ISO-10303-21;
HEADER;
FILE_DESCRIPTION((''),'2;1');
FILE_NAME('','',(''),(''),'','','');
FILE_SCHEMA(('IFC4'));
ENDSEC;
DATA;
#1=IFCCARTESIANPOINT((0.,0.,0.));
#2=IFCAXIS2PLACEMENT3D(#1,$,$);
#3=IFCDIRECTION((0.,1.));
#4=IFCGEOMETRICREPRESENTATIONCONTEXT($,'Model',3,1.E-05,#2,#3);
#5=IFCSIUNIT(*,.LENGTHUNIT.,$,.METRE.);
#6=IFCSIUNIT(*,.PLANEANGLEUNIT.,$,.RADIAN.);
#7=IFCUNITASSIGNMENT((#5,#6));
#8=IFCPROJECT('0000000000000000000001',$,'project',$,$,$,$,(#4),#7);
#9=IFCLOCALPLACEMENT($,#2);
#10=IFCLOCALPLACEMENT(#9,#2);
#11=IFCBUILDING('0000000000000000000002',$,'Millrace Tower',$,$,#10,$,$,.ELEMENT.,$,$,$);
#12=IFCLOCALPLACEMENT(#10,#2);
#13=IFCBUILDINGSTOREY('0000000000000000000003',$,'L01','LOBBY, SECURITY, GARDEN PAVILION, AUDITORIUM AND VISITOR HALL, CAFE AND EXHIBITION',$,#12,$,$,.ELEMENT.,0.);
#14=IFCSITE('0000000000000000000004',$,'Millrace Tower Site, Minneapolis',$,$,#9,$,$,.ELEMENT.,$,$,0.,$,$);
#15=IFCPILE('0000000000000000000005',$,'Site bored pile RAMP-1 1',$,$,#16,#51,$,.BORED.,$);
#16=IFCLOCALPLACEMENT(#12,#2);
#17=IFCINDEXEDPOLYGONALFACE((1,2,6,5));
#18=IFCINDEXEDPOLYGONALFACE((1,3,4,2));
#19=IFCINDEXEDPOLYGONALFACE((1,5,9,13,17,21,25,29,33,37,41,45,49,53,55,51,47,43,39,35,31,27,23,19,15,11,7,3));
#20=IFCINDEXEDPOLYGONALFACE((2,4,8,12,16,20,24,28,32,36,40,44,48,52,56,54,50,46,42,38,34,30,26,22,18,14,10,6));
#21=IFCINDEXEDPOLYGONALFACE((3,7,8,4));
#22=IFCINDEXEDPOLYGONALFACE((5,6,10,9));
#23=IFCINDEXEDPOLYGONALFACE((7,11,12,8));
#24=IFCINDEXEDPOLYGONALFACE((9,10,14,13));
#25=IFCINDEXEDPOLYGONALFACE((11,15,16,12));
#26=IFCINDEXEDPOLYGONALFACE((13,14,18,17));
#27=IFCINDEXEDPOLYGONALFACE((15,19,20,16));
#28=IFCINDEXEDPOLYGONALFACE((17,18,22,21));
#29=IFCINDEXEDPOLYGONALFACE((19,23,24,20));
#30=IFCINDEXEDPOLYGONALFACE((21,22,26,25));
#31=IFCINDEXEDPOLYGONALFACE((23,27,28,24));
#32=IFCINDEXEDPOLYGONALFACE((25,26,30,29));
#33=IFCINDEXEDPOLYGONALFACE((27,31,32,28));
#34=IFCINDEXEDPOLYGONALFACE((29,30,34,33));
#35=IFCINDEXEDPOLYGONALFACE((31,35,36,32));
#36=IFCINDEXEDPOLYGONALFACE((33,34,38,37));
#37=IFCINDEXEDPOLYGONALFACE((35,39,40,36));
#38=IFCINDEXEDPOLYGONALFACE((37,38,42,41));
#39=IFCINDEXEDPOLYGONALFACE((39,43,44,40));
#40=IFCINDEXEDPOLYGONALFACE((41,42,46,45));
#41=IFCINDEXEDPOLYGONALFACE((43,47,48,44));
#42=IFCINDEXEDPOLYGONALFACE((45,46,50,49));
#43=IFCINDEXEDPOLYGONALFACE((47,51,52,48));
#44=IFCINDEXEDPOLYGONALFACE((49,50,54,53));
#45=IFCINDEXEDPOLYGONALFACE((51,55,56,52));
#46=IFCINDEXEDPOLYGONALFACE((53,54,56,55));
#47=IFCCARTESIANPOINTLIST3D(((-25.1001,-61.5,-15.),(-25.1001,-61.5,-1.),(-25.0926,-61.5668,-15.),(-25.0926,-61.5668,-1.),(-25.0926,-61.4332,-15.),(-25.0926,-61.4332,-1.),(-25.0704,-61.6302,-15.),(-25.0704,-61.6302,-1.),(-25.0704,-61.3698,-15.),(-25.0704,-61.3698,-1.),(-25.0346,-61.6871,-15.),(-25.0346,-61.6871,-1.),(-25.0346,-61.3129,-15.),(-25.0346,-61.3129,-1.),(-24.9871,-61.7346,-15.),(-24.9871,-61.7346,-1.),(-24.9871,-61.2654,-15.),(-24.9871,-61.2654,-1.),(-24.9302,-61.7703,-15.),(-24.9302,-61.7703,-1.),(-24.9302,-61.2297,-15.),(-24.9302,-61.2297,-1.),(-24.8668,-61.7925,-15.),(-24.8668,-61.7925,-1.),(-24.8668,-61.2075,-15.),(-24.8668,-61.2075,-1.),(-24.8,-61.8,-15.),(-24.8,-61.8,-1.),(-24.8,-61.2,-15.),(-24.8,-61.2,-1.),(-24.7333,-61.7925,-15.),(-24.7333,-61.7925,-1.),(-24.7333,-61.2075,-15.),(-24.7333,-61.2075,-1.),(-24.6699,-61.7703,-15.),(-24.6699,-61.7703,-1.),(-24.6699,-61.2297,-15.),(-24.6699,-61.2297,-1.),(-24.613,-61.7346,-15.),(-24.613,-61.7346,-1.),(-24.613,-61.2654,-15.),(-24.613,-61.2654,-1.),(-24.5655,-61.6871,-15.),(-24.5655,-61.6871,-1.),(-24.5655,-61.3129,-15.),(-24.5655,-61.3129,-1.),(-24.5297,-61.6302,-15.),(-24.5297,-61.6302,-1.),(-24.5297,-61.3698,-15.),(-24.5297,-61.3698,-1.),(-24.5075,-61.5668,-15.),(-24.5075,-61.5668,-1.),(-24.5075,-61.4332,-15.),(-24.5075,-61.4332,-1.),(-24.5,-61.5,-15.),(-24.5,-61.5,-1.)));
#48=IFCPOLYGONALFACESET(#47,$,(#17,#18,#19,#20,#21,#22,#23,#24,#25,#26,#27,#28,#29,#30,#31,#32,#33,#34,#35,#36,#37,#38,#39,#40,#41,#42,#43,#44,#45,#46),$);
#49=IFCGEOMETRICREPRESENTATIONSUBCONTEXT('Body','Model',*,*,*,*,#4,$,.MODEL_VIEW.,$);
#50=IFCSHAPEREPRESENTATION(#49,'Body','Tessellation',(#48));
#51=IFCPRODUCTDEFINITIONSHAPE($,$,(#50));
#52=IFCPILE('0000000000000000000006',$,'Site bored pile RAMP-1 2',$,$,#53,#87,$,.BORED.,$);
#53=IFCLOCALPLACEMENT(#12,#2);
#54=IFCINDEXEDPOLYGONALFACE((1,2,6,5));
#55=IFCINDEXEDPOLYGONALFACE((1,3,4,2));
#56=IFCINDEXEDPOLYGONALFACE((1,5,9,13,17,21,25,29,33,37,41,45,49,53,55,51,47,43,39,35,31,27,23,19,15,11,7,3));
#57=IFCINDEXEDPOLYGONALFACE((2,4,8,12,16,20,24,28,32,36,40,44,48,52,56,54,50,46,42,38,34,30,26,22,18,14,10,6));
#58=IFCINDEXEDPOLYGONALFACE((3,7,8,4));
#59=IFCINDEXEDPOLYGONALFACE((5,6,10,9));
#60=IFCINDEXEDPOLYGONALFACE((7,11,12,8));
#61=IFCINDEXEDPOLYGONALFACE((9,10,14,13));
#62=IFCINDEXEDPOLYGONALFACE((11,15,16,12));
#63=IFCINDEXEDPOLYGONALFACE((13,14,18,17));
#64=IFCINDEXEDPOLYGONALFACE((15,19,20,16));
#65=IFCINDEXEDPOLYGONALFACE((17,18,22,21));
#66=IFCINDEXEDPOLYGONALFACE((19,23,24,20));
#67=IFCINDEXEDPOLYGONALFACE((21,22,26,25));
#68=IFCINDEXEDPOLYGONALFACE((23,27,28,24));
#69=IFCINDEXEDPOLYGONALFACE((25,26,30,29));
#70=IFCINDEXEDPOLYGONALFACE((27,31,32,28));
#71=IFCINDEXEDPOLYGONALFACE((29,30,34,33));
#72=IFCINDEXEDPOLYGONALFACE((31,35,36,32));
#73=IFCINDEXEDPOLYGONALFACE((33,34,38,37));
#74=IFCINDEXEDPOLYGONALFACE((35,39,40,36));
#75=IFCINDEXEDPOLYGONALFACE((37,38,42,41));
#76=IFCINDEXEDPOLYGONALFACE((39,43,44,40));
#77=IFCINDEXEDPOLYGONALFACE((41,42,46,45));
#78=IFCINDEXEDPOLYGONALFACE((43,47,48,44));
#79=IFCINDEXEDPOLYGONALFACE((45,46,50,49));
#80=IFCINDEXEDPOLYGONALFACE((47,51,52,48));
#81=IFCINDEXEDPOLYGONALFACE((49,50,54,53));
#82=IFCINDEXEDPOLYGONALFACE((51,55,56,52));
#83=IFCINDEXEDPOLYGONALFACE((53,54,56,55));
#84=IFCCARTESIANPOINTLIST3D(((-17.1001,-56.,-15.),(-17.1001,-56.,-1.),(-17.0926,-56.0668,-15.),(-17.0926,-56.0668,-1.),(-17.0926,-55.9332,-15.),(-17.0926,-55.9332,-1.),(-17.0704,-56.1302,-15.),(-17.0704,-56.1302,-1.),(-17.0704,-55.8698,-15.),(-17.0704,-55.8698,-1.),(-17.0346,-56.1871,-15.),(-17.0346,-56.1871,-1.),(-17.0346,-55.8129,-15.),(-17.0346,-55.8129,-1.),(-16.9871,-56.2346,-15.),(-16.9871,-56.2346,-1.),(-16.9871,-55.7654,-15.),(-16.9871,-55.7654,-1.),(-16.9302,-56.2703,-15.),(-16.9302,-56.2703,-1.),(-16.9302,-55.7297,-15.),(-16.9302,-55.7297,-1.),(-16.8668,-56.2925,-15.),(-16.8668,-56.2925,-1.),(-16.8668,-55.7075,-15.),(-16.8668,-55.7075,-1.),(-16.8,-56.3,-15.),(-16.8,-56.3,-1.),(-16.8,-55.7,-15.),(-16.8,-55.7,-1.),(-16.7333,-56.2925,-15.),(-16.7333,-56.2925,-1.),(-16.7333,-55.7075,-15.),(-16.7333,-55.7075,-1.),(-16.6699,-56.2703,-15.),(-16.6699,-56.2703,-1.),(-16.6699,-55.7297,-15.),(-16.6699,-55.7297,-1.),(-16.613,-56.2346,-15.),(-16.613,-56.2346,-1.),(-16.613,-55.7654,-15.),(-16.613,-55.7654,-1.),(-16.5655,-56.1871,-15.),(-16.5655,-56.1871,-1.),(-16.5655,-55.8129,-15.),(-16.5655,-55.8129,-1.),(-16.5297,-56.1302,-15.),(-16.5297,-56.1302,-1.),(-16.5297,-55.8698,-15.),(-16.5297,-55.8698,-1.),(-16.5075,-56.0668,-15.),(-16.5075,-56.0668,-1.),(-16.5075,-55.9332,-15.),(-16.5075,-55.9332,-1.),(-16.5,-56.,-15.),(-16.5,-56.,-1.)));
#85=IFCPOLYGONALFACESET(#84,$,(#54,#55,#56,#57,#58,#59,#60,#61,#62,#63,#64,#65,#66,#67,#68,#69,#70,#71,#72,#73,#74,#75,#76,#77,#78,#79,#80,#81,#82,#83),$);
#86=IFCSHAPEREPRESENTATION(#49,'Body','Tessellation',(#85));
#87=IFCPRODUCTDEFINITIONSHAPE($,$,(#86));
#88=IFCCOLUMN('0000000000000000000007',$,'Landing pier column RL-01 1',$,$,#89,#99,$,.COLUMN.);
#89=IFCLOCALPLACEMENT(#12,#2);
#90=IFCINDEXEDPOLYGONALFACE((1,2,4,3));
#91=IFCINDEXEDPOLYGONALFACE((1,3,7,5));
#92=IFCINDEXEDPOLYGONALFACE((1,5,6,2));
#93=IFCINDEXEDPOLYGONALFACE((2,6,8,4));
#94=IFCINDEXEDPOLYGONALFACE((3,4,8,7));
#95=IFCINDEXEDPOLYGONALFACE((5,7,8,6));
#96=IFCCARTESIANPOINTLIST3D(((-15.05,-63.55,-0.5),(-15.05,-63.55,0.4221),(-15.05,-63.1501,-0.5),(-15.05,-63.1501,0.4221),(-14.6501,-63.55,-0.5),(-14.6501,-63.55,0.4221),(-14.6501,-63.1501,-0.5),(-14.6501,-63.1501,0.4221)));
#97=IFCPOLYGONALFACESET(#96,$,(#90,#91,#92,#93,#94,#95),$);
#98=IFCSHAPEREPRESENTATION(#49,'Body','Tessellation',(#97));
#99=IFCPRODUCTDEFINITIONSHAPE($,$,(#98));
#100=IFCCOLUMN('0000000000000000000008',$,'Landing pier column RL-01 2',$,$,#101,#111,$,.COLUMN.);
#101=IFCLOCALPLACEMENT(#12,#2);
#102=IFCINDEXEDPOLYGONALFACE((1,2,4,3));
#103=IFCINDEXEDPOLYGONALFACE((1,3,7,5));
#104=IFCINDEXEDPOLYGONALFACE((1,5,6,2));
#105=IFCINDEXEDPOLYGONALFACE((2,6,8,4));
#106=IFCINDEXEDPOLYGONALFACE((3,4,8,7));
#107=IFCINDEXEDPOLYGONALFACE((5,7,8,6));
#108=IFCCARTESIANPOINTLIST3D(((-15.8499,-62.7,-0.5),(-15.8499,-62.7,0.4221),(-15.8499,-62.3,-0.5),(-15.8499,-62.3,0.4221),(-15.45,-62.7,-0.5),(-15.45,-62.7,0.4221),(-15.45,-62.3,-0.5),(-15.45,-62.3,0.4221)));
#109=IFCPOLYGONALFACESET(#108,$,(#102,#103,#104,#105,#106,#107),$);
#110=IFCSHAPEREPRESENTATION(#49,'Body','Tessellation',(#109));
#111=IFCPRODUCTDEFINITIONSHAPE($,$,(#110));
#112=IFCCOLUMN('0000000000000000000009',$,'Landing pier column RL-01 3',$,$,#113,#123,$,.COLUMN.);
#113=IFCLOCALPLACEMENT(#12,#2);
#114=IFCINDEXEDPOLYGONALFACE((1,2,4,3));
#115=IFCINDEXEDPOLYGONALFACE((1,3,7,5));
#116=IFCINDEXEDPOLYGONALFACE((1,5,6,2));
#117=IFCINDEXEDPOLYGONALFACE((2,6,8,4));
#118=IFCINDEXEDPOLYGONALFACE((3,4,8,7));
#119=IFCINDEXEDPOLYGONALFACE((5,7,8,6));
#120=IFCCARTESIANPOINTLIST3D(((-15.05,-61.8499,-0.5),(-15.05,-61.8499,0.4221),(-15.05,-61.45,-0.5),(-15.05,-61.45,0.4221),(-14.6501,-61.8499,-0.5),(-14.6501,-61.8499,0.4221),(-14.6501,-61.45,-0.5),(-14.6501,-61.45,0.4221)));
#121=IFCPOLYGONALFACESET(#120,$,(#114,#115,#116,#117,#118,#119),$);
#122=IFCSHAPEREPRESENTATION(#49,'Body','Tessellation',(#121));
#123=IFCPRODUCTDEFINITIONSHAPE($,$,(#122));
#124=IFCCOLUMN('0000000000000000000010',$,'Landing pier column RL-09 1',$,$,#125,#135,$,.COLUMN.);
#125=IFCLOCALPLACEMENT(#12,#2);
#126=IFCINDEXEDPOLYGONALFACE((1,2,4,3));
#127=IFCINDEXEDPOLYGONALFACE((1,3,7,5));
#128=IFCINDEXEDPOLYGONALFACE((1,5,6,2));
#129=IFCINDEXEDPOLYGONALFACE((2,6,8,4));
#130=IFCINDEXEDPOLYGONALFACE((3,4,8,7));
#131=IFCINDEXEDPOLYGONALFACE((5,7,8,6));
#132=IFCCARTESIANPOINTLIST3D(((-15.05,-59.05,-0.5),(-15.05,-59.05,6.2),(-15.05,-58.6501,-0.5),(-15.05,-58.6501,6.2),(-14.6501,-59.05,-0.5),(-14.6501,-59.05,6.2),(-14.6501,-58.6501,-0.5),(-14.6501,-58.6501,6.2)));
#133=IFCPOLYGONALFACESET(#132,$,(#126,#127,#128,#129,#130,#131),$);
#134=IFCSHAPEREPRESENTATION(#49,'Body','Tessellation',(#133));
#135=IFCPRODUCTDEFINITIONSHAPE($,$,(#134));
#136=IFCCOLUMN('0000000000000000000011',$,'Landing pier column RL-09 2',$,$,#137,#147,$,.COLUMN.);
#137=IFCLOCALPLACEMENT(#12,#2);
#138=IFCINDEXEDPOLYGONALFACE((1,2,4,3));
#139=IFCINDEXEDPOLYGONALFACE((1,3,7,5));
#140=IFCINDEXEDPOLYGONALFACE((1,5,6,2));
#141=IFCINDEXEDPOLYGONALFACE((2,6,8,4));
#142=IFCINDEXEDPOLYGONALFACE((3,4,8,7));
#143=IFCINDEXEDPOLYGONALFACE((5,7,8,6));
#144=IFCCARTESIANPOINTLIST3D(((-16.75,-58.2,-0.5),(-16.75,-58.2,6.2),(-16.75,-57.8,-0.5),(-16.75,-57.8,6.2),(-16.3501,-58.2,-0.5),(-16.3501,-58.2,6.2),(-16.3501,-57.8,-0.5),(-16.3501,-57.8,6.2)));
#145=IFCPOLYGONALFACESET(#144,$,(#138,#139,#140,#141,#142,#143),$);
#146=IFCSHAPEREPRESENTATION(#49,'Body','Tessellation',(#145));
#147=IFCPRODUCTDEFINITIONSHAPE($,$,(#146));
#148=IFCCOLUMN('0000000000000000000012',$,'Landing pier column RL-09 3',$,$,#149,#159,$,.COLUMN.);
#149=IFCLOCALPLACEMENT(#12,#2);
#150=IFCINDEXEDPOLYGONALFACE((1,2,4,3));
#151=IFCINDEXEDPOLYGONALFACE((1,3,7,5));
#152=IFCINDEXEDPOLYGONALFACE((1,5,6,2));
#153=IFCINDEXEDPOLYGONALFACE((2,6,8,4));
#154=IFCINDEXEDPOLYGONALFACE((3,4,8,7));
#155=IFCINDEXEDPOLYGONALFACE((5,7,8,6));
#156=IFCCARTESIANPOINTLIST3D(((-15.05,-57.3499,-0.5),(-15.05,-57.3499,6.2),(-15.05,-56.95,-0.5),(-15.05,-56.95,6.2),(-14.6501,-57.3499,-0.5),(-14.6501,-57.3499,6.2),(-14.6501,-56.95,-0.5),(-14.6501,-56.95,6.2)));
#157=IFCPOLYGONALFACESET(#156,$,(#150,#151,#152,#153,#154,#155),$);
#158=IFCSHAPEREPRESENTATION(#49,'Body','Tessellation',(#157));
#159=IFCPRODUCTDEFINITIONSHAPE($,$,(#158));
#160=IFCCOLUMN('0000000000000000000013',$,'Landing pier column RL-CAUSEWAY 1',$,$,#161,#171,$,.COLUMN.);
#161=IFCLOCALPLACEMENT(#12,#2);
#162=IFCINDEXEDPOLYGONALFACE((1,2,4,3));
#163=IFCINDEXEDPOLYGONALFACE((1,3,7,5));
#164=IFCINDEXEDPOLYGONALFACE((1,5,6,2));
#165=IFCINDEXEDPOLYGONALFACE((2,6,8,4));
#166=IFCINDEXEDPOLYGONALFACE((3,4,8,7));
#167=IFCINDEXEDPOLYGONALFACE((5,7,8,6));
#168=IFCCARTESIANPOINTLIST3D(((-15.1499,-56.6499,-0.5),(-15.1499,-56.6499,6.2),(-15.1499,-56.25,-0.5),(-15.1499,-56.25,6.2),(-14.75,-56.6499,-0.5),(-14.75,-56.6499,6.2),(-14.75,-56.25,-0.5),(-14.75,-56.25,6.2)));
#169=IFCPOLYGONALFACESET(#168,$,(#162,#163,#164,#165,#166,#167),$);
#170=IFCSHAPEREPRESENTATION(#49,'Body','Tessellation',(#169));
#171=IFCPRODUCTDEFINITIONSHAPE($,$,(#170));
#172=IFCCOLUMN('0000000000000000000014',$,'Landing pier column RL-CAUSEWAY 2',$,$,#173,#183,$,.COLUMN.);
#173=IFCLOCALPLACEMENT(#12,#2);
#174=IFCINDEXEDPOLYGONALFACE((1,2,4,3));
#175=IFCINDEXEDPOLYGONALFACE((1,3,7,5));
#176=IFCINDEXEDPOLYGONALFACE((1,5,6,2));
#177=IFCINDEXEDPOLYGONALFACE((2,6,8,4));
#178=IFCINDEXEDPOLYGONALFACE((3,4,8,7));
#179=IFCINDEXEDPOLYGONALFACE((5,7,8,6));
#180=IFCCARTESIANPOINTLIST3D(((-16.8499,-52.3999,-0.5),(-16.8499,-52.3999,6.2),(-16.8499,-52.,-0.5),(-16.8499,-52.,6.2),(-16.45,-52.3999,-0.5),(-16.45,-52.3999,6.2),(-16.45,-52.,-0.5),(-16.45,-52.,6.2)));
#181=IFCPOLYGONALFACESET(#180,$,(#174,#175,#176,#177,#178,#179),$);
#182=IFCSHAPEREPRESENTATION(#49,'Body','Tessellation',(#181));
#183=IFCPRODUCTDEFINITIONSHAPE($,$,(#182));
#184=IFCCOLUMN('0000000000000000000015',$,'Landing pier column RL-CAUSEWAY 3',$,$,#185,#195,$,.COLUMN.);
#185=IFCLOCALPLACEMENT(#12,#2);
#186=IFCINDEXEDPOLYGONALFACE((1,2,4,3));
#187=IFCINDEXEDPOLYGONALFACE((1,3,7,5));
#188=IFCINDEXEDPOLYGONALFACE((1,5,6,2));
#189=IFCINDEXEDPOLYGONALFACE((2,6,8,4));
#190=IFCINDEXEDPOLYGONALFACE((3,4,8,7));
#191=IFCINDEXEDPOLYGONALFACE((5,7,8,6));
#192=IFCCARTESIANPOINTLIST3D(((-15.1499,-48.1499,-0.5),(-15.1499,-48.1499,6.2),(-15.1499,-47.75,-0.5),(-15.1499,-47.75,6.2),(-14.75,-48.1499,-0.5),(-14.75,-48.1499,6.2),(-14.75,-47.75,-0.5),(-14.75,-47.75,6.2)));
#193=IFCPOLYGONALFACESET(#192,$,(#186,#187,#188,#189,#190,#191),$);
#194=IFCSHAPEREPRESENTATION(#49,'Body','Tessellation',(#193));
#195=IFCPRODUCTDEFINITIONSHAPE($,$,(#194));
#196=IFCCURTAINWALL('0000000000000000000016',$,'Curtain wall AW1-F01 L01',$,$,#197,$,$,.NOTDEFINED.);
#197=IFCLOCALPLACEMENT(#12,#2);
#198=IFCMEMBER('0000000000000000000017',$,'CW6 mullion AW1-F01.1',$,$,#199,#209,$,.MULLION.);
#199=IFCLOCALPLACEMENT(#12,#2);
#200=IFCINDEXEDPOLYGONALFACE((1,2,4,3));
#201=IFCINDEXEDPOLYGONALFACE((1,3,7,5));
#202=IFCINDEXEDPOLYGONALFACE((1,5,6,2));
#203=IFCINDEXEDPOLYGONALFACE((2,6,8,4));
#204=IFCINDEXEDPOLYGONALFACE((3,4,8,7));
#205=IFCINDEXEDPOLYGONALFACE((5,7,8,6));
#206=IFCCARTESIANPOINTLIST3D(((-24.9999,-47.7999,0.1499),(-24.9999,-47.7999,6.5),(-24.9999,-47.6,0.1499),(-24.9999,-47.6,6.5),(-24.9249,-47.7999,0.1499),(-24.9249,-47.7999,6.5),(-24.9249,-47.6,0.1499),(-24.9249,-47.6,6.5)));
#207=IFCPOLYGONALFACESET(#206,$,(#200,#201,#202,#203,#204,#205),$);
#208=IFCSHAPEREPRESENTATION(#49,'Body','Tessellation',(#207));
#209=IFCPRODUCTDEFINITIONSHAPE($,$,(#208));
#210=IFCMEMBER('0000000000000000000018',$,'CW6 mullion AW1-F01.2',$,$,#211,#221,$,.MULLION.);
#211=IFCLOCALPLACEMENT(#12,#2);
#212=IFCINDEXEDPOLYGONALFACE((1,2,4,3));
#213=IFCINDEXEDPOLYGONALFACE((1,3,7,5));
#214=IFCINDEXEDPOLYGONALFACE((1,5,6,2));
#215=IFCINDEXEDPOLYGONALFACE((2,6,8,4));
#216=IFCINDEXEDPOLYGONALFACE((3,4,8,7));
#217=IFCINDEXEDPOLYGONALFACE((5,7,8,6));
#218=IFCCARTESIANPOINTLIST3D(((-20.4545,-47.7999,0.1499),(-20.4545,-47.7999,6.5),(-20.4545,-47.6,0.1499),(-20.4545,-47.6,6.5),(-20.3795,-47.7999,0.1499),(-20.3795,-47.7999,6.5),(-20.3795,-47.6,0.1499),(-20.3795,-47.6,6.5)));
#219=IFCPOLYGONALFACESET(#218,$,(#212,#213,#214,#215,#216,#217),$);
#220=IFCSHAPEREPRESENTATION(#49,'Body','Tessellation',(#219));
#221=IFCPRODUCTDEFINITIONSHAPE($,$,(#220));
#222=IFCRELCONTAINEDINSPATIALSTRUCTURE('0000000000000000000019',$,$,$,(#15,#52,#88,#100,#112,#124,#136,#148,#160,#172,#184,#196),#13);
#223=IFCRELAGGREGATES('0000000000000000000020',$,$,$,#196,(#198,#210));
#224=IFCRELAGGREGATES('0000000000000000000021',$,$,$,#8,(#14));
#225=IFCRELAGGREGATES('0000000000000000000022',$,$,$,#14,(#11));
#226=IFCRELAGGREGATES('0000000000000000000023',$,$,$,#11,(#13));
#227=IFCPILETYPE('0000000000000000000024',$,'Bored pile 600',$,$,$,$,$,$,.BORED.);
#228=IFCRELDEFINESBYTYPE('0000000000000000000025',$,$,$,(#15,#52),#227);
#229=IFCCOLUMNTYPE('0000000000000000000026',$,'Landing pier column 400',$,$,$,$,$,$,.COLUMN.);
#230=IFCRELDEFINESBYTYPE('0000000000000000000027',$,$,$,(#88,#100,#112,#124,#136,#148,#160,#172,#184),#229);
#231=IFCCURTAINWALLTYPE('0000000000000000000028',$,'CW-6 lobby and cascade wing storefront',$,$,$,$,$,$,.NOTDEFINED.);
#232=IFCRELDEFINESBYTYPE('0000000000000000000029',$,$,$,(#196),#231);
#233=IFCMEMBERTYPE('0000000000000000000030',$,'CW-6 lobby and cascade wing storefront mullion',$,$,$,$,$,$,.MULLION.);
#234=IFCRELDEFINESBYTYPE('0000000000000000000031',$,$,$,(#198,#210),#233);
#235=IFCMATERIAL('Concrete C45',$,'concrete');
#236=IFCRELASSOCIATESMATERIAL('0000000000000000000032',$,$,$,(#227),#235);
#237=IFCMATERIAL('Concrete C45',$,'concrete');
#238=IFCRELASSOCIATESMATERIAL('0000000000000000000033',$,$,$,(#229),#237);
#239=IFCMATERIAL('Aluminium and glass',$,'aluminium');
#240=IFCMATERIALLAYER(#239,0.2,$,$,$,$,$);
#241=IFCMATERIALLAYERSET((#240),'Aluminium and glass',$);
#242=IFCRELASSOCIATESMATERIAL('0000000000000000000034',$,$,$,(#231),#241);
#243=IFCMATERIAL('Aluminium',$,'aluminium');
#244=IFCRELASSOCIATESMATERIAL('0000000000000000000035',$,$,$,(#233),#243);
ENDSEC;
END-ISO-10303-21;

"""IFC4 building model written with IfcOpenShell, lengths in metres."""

from ifc_helpers import new_model, si_unit, direction, frame, origin, origin_2d, place, context, subcontext, project, spatial, rectangle, circle, extrude, material, layer, layer_set, material_profile, profile_set, type_object, element, aggregate, save


model = new_model("IFC4")

# Units and contexts
model_context = context("Model", 3, precision=1e-05, world=origin(), true_north=direction((0.0, 1.0)))
body_context = subcontext(model_context, "Body", "Model", "MODEL_VIEW")
ifc_project = project(units=[si_unit("LENGTHUNIT", "METRE"), si_unit("PLANEANGLEUNIT", "RADIAN")], contexts=[model_context])

# Site, building, storey
site_placement = place(None, origin())
site = spatial("IfcSite", under=ifc_project, at=site_placement, Name="Millrace Tower Site, Minneapolis", CompositionType="ELEMENT", RefElevation=0.0)
building_placement = place(site_placement, origin())
building = spatial("IfcBuilding", under=site, at=building_placement, Name="Millrace Tower", CompositionType="ELEMENT")
storey_placement = place(building_placement, origin())
storey = spatial("IfcBuildingStorey", under=building, at=storey_placement, Name="L01", Description="LOBBY, SECURITY, GARDEN PAVILION, AUDITORIUM AND VISITOR HALL, CAFE AND EXHIBITION", CompositionType="ELEMENT", Elevation=0.0)

# Piles
ifc_material_1 = material(Name="Concrete C45", Category="concrete")
ifc_material_profile_1 = material_profile(ifc_material_1, circle(Radius=0.3, at=origin_2d()))
ifc_profile_set_1 = profile_set([ifc_material_profile_1], Name="Concrete C45")
pile_type = type_object("IfcPileType", Name="Bored pile 600", PredefinedType="BORED", material=ifc_profile_set_1)
for number, where, z_axis, x_axis, name in (
    (1, (-24.8, -61.5, -1.0), (0.0, 0.0, -1.0), (1.0, 0.0, 0.0), "Site bored pile RAMP-1 1"),
    (2, (-16.8, -56.0, -1.0), (0.0, 0.0, -1.0), (1.0, 0.0, 0.0), "Site bored pile RAMP-1 2"),
):
    element("IfcPile", number, at=place(storey_placement, frame(where, z_axis=z_axis, x_axis=x_axis)), inside=storey, type_object=pile_type, Name=name, PredefinedType="BORED", context=body_context, shape_type="SweptSolid", body=[
        extrude(circle(Radius=0.3, at=origin_2d()), origin(), (0.0, 0.0, 1.0), 14.0),
    ])

# Columns
ifc_material_2 = material(Name="Concrete C45", Category="concrete")
ifc_material_profile_2 = material_profile(ifc_material_2, rectangle(XDim=0.3999, YDim=0.3999, at=origin_2d()))
ifc_profile_set_2 = profile_set([ifc_material_profile_2], Name="Concrete C45")
column_type = type_object("IfcColumnType", Name="Landing pier column 400", PredefinedType="COLUMN", material=ifc_profile_set_2)
for number, where, z_axis, x_axis, name in (
    (3, (-14.8501, -63.3501, -0.5), (0.0, 0.0, 1.0), (1.0, 0.0, 0.0), "Landing pier column RL-01 1"),
    (4, (-15.6499, -62.5, -0.5), (0.0, 0.0, 1.0), (1.0, 0.0, 0.0), "Landing pier column RL-01 2"),
    (5, (-14.8501, -61.6499, -0.5), (0.0, 0.0, 1.0), (1.0, 0.0, 0.0), "Landing pier column RL-01 3"),
):
    element("IfcColumn", number, at=place(storey_placement, frame(where, z_axis=z_axis, x_axis=x_axis)), inside=storey, type_object=column_type, Name=name, PredefinedType="COLUMN", context=body_context, shape_type="SweptSolid", body=[
        extrude(rectangle(XDim=0.3999, YDim=0.3999, at=origin_2d()), origin(), (0.0, 0.0, 1.0), 0.9221),
    ])
for number, where, z_axis, x_axis, name in (
    (6, (-14.8501, -58.8501, -0.5), (0.0, 0.0, 1.0), (1.0, 0.0, 0.0), "Landing pier column RL-09 1"),
    (7, (-16.55, -58.0, -0.5), (0.0, 0.0, 1.0), (1.0, 0.0, 0.0), "Landing pier column RL-09 2"),
    (8, (-14.8501, -57.1499, -0.5), (0.0, 0.0, 1.0), (1.0, 0.0, 0.0), "Landing pier column RL-09 3"),
    (9, (-14.95, -56.45, -0.5), (0.0, 0.0, 1.0), (1.0, 0.0, 0.0), "Landing pier column RL-CAUSEWAY 1"),
    (10, (-16.6499, -52.2, -0.5), (0.0, 0.0, 1.0), (1.0, 0.0, 0.0), "Landing pier column RL-CAUSEWAY 2"),
    (11, (-14.95, -47.95, -0.5), (0.0, 0.0, 1.0), (1.0, 0.0, 0.0), "Landing pier column RL-CAUSEWAY 3"),
):
    element("IfcColumn", number, at=place(storey_placement, frame(where, z_axis=z_axis, x_axis=x_axis)), inside=storey, type_object=column_type, Name=name, PredefinedType="COLUMN", context=body_context, shape_type="SweptSolid", body=[
        extrude(rectangle(XDim=0.3999, YDim=0.3999, at=origin_2d()), origin(), (0.0, 0.0, 1.0), 6.7),
    ])

# Curtain wall, members
ifc_material_3 = material(Name="Aluminium and glass", Category="aluminium")
ifc_layer_1 = layer(ifc_material_3, 0.2)
ifc_layer_set_1 = layer_set([ifc_layer_1], Name="Aluminium and glass")
curtain_wall_type = type_object("IfcCurtainWallType", Name="CW-6 lobby and cascade wing storefront", PredefinedType="NOTDEFINED", material=ifc_layer_set_1)
curtain_wall_placement = place(storey_placement, origin())
curtain_wall = element("IfcCurtainWall", 12, at=curtain_wall_placement, inside=storey, type_object=curtain_wall_type, Name="Curtain wall AW1-F01 L01", PredefinedType="NOTDEFINED")
ifc_material_4 = material(Name="Aluminium", Category="aluminium")
ifc_material_profile_3 = material_profile(ifc_material_4, rectangle(XDim=0.075, YDim=0.2, at=origin_2d()))
ifc_profile_set_3 = profile_set([ifc_material_profile_3], Name="Aluminium")
member_type_1 = type_object("IfcMemberType", Name="CW-6 lobby and cascade wing storefront mullion", PredefinedType="MULLION", material=ifc_profile_set_3)
member_1_placement = place(storey_placement, frame((-24.9624, -47.7, 0.1499), z_axis=(0.0, 0.0, 1.0), x_axis=(1.0, 0.0, 0.0)))
member_1 = element("IfcMember", 13, at=member_1_placement, type_object=member_type_1, Name="CW6 mullion AW1-F01.1", PredefinedType="MULLION", context=body_context, shape_type="SweptSolid", body=[
    extrude(rectangle(XDim=0.075, YDim=0.2, at=origin_2d()), origin(), (0.0, 0.0, 1.0), 6.3501),
])
member_2_placement = place(storey_placement, frame((-20.417, -47.7, 0.1499), z_axis=(0.0, 0.0, 1.0), x_axis=(1.0, 0.0, 0.0)))
member_2 = element("IfcMember", 14, at=member_2_placement, type_object=member_type_1, Name="CW6 mullion AW1-F01.2", PredefinedType="MULLION", context=body_context, shape_type="SweptSolid", body=[
    extrude(rectangle(XDim=0.075, YDim=0.2, at=origin_2d()), origin(), (0.0, 0.0, 1.0), 6.3501),
])
aggregate(curtain_wall, [member_1, member_2])

save(model, "model.ifc")
